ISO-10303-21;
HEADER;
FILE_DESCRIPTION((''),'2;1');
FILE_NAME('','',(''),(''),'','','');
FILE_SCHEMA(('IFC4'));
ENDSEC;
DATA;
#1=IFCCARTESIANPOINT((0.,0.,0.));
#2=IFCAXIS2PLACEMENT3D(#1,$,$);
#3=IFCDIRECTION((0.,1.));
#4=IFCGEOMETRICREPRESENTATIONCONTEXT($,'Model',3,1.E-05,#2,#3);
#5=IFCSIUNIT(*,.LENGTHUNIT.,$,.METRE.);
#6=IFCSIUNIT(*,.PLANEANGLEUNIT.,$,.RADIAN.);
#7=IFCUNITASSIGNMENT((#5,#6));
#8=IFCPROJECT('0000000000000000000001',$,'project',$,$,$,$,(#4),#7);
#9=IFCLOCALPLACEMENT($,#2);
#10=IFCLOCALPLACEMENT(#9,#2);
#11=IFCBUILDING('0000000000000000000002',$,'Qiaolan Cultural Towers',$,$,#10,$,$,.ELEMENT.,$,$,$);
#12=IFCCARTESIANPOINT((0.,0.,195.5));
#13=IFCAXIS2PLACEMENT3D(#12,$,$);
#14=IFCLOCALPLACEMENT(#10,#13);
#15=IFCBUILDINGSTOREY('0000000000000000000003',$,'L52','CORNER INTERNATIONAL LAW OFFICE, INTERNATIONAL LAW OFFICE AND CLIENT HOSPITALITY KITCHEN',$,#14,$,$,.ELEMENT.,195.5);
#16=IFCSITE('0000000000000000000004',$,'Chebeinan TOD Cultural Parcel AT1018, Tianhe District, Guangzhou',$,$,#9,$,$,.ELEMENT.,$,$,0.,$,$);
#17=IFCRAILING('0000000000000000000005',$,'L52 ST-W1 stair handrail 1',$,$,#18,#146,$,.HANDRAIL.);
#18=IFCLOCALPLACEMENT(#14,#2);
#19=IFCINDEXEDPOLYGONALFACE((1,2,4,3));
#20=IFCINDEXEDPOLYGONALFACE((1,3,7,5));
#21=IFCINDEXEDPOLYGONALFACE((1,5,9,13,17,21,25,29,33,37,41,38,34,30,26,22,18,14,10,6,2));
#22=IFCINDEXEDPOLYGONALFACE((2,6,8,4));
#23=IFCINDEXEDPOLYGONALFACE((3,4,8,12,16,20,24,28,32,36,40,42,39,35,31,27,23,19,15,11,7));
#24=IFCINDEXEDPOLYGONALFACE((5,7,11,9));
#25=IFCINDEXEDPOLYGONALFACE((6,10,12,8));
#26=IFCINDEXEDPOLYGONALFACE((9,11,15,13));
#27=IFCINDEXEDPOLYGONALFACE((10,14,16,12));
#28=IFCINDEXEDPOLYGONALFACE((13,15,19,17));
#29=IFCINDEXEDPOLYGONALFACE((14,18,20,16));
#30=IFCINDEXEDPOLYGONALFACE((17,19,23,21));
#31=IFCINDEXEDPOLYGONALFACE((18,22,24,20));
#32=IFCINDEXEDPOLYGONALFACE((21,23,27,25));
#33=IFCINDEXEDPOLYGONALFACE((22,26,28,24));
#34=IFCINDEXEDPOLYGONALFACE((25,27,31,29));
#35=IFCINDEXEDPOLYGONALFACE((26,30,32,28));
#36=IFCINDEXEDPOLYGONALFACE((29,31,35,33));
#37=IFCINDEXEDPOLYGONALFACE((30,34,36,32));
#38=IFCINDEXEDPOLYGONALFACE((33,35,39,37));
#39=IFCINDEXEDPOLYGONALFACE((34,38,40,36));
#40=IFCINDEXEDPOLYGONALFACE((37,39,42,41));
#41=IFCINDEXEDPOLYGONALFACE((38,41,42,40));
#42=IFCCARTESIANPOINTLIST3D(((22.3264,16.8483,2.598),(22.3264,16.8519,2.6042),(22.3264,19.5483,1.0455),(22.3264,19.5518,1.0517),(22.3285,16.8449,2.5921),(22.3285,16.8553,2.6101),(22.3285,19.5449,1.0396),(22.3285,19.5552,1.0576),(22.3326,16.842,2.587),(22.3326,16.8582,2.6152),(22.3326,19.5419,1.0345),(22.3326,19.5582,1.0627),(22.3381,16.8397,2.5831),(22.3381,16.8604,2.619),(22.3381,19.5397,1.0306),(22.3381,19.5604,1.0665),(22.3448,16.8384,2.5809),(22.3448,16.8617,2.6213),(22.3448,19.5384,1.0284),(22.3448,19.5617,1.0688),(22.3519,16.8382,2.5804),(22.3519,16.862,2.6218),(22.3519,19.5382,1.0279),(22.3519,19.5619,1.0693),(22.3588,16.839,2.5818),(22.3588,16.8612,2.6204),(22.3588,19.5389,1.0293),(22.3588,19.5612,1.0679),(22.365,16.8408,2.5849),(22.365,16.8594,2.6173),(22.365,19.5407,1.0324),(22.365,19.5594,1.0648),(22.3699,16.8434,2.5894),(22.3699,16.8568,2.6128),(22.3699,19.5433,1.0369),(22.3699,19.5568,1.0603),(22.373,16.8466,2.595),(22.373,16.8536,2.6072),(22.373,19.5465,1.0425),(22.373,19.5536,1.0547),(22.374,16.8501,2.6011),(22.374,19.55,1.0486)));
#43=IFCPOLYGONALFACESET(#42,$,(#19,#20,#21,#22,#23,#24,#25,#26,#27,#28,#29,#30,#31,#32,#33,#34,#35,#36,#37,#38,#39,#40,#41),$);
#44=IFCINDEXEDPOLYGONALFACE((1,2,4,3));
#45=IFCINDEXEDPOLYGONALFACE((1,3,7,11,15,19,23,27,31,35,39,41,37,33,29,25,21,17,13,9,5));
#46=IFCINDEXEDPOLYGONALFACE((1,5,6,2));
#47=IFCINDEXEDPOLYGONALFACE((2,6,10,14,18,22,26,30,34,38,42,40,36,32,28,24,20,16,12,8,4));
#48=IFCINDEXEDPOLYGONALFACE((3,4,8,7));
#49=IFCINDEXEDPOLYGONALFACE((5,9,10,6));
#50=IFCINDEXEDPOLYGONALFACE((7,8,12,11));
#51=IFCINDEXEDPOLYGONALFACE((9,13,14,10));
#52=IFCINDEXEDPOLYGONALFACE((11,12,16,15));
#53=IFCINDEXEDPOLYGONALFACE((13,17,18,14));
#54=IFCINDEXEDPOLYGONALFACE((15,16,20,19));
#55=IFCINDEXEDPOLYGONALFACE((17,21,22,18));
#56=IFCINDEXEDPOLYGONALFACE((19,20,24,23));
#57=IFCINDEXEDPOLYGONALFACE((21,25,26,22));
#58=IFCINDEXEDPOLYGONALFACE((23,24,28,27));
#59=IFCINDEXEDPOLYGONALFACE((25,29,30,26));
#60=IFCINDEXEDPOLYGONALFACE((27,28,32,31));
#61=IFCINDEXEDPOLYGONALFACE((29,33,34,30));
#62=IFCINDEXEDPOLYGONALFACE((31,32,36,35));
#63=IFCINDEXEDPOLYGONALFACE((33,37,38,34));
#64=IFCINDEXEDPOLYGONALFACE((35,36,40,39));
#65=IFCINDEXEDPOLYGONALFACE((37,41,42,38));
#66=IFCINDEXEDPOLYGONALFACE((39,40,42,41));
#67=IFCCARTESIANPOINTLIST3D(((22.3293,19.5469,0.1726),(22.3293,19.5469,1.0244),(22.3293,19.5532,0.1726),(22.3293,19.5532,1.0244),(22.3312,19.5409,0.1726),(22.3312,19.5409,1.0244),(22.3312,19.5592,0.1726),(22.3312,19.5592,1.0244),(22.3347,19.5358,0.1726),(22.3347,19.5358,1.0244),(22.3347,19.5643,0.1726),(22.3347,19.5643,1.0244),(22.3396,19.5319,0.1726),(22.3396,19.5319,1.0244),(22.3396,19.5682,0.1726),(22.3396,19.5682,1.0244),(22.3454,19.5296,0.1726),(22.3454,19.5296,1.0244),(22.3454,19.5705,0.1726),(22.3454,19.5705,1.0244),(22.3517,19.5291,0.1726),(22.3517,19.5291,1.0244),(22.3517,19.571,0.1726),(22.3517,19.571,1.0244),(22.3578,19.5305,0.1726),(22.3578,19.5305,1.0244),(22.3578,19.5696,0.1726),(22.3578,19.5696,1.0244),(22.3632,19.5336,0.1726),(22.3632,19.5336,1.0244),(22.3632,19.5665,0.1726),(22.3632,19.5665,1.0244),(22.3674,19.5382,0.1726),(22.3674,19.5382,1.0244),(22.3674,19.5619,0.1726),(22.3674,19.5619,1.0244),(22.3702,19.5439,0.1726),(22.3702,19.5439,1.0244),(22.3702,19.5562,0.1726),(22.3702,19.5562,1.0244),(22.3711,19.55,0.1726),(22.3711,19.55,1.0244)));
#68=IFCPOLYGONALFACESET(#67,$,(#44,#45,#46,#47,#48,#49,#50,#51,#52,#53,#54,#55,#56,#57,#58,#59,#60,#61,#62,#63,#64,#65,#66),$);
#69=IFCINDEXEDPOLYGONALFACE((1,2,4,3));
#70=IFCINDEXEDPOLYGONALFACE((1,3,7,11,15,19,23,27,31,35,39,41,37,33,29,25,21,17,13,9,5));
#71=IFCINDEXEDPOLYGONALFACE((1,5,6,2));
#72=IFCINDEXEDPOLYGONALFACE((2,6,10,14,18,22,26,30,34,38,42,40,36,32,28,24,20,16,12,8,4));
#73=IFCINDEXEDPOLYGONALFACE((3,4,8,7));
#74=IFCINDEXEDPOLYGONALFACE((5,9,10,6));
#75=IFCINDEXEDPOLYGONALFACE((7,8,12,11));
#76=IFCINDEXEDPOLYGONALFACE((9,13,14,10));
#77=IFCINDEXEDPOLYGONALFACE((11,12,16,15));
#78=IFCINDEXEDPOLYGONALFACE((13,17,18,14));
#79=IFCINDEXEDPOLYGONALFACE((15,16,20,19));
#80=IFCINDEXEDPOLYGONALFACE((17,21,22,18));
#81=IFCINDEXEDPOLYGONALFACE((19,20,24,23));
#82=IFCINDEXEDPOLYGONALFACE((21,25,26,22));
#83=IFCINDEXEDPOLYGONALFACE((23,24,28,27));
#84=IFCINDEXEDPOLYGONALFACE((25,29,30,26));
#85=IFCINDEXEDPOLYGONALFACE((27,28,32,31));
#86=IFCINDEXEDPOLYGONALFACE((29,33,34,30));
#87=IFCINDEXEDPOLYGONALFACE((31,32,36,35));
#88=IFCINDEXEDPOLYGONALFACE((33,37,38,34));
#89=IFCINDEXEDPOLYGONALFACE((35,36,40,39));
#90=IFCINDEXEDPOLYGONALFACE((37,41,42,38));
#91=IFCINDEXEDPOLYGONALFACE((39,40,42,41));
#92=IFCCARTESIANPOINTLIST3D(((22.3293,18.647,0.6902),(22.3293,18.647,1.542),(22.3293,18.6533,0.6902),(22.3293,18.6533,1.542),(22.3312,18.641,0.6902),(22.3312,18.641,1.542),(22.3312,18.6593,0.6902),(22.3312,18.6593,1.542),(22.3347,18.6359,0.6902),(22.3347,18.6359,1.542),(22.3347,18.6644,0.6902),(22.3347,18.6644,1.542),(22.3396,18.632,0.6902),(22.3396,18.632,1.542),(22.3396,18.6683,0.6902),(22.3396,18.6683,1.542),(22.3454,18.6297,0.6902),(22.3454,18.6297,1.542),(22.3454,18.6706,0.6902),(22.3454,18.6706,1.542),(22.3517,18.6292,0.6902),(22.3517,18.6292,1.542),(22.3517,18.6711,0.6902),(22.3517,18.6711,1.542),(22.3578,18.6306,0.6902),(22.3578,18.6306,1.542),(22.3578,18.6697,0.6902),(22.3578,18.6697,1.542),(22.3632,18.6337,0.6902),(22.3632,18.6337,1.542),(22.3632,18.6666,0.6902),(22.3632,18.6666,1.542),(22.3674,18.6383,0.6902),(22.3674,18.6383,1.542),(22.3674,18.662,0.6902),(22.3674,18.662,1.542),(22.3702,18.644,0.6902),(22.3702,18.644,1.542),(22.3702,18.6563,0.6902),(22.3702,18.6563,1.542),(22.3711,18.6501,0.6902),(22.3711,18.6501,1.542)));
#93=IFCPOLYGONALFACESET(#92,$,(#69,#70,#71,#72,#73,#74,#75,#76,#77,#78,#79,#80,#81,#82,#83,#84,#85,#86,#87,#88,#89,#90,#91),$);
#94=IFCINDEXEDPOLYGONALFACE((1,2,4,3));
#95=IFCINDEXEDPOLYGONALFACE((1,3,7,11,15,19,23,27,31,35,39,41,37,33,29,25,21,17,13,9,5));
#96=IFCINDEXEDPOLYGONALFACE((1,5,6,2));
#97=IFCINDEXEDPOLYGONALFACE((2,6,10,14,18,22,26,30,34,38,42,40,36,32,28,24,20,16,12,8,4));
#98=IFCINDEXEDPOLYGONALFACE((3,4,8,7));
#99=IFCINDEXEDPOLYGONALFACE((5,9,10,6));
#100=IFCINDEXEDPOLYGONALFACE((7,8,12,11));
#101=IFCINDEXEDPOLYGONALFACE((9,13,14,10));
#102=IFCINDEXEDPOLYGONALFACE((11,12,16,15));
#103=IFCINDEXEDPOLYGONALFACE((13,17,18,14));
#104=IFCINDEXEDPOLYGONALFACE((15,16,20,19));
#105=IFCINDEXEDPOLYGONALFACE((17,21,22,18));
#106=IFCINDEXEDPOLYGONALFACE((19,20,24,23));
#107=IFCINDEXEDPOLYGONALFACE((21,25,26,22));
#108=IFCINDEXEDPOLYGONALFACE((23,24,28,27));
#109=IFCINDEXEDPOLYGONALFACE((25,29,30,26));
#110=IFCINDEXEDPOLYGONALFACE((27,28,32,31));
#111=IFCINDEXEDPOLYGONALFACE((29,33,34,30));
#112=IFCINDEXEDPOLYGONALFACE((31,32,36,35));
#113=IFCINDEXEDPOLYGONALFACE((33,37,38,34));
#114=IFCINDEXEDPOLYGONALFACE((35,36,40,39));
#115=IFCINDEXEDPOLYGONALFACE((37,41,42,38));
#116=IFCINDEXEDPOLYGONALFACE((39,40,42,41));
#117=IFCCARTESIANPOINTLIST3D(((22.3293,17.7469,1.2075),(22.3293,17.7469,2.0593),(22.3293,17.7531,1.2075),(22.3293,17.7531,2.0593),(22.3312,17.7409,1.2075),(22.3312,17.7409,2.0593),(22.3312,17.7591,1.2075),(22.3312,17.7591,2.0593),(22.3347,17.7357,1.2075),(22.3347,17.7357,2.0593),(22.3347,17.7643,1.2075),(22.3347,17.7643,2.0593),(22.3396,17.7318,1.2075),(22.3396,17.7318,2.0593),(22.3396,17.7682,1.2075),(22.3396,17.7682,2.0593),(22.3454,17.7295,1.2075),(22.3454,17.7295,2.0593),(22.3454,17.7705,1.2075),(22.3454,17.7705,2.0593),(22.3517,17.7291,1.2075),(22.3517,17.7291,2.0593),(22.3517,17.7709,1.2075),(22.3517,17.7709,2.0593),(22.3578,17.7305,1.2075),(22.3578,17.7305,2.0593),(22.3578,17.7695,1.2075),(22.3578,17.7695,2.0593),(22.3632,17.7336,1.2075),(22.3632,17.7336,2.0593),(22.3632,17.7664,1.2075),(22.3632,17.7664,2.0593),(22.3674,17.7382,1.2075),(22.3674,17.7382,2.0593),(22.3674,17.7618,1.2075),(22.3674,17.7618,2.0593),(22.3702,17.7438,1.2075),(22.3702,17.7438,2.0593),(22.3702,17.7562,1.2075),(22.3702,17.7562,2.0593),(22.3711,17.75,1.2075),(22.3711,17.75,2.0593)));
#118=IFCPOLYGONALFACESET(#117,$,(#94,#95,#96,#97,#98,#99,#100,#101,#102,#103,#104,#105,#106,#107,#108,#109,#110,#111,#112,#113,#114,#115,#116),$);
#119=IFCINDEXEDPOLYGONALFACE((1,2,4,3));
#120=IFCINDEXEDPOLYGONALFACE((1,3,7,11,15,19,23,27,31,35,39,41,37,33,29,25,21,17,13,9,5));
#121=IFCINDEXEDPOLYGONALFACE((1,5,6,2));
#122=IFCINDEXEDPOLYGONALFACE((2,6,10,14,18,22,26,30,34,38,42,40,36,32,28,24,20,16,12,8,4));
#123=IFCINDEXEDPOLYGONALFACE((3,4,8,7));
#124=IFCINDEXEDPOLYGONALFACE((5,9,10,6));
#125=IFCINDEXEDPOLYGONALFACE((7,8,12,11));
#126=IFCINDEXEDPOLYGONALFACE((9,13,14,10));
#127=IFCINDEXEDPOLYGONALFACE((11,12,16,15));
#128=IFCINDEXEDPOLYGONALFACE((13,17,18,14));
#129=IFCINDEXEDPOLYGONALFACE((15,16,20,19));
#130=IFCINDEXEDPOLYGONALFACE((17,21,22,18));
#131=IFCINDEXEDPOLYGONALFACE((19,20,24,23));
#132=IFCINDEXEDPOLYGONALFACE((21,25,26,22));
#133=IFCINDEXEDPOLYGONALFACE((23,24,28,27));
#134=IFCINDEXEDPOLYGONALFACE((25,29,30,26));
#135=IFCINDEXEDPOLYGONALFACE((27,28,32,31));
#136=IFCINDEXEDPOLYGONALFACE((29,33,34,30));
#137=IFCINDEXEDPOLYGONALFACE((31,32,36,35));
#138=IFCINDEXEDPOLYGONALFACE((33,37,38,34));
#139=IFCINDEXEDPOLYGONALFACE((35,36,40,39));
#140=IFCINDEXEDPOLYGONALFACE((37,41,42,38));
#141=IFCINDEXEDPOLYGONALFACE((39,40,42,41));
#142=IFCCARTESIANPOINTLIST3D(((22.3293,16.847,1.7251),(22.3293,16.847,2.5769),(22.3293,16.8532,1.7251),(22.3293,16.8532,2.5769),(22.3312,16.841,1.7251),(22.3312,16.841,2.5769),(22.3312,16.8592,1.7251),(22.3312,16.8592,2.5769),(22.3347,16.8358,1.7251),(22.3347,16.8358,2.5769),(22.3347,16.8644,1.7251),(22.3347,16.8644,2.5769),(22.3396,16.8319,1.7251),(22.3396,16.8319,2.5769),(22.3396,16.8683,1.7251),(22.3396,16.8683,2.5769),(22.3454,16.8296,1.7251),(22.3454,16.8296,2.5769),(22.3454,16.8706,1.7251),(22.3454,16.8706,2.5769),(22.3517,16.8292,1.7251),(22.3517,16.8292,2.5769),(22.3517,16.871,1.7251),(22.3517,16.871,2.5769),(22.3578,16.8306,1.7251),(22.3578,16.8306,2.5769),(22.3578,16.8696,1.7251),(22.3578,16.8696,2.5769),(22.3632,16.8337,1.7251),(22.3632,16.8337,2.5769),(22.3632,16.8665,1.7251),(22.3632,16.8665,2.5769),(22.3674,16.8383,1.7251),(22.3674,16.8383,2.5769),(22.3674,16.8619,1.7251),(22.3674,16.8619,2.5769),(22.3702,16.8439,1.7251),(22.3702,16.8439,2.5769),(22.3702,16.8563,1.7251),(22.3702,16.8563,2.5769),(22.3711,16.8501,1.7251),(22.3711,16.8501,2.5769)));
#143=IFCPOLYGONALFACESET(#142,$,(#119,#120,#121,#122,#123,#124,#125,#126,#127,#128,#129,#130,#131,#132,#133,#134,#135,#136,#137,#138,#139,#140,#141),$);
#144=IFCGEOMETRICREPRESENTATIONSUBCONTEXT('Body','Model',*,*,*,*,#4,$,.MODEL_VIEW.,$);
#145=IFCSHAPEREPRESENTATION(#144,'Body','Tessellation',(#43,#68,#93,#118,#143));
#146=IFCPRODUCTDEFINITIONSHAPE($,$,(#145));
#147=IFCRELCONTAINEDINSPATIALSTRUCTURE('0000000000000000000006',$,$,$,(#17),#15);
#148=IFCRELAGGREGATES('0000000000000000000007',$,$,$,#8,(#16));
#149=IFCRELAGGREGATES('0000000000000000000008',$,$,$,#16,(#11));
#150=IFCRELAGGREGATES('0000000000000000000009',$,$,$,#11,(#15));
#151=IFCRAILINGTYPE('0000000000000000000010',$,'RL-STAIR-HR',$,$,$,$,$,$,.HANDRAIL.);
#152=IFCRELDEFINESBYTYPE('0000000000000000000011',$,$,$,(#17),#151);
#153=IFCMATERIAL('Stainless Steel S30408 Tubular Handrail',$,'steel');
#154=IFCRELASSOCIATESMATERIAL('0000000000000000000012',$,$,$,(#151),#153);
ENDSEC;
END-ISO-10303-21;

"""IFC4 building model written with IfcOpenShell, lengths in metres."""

from ifc_helpers import new_model, si_unit, direction, frame, origin, origin_2d, place, context, subcontext, project, spatial, circle, extrude, material, type_object, element, save


model = new_model("IFC4")

# Units and contexts
model_context = context("Model", 3, precision=1e-05, world=origin(), true_north=direction((0.0, 1.0)))
body_context = subcontext(model_context, "Body", "Model", "MODEL_VIEW")
ifc_project = project(units=[si_unit("LENGTHUNIT", "METRE"), si_unit("PLANEANGLEUNIT", "RADIAN")], contexts=[model_context])

# Site, building, storey
site_placement = place(None, origin())
site = spatial("IfcSite", under=ifc_project, at=site_placement, Name="Chebeinan TOD Cultural Parcel AT1018, Tianhe District, Guangzhou", CompositionType="ELEMENT", RefElevation=0.0)
building_placement = place(site_placement, origin())
building = spatial("IfcBuilding", under=site, at=building_placement, Name="Qiaolan Cultural Towers", CompositionType="ELEMENT")
storey_placement = place(building_placement, frame((0.0, 0.0, 195.5)))
storey = spatial("IfcBuildingStorey", under=building, at=storey_placement, Name="L52", Description="CORNER INTERNATIONAL LAW OFFICE, INTERNATIONAL LAW OFFICE AND CLIENT HOSPITALITY KITCHEN", CompositionType="ELEMENT", Elevation=195.5)

# Railing
ifc_material_1 = material(Name="Stainless Steel S30408 Tubular Handrail", Category="steel")
railing_type_1 = type_object("IfcRailingType", Name="RL-STAIR-HR", PredefinedType="HANDRAIL", material=ifc_material_1)
railing_1_placement = place(storey_placement, frame((22.3501, 19.55, 0.1726)))
element("IfcRailing", 1, at=railing_1_placement, inside=storey, type_object=railing_type_1, Name="L52 ST-W1 stair handrail 1", PredefinedType="HANDRAIL", context=body_context, shape_type="SweptSolid", body=[
    extrude(circle(Radius=0.0239, at=origin_2d()), frame((0.0, 0.0, 0.876), z_axis=(0.0, -0.866904, 0.498476), x_axis=(1.0, 0.0, 0.0)), (0.0, 0.0, 1.0), 3.1145),
    extrude(circle(Radius=0.021, at=origin_2d()), origin(), (0.0, 0.0, 1.0), 0.8518),
    extrude(circle(Radius=0.021, at=origin_2d()), frame((0.0, -0.8999, 0.5176)), (0.0, 0.0, 1.0), 0.8518),
    extrude(circle(Radius=0.021, at=origin_2d()), frame((0.0, -1.8, 1.0349)), (0.0, 0.0, 1.0), 0.8518),
    extrude(circle(Radius=0.021, at=origin_2d()), frame((0.0, -2.7, 1.5525)), (0.0, 0.0, 1.0), 0.8518),
])

save(model, "model.ifc")
